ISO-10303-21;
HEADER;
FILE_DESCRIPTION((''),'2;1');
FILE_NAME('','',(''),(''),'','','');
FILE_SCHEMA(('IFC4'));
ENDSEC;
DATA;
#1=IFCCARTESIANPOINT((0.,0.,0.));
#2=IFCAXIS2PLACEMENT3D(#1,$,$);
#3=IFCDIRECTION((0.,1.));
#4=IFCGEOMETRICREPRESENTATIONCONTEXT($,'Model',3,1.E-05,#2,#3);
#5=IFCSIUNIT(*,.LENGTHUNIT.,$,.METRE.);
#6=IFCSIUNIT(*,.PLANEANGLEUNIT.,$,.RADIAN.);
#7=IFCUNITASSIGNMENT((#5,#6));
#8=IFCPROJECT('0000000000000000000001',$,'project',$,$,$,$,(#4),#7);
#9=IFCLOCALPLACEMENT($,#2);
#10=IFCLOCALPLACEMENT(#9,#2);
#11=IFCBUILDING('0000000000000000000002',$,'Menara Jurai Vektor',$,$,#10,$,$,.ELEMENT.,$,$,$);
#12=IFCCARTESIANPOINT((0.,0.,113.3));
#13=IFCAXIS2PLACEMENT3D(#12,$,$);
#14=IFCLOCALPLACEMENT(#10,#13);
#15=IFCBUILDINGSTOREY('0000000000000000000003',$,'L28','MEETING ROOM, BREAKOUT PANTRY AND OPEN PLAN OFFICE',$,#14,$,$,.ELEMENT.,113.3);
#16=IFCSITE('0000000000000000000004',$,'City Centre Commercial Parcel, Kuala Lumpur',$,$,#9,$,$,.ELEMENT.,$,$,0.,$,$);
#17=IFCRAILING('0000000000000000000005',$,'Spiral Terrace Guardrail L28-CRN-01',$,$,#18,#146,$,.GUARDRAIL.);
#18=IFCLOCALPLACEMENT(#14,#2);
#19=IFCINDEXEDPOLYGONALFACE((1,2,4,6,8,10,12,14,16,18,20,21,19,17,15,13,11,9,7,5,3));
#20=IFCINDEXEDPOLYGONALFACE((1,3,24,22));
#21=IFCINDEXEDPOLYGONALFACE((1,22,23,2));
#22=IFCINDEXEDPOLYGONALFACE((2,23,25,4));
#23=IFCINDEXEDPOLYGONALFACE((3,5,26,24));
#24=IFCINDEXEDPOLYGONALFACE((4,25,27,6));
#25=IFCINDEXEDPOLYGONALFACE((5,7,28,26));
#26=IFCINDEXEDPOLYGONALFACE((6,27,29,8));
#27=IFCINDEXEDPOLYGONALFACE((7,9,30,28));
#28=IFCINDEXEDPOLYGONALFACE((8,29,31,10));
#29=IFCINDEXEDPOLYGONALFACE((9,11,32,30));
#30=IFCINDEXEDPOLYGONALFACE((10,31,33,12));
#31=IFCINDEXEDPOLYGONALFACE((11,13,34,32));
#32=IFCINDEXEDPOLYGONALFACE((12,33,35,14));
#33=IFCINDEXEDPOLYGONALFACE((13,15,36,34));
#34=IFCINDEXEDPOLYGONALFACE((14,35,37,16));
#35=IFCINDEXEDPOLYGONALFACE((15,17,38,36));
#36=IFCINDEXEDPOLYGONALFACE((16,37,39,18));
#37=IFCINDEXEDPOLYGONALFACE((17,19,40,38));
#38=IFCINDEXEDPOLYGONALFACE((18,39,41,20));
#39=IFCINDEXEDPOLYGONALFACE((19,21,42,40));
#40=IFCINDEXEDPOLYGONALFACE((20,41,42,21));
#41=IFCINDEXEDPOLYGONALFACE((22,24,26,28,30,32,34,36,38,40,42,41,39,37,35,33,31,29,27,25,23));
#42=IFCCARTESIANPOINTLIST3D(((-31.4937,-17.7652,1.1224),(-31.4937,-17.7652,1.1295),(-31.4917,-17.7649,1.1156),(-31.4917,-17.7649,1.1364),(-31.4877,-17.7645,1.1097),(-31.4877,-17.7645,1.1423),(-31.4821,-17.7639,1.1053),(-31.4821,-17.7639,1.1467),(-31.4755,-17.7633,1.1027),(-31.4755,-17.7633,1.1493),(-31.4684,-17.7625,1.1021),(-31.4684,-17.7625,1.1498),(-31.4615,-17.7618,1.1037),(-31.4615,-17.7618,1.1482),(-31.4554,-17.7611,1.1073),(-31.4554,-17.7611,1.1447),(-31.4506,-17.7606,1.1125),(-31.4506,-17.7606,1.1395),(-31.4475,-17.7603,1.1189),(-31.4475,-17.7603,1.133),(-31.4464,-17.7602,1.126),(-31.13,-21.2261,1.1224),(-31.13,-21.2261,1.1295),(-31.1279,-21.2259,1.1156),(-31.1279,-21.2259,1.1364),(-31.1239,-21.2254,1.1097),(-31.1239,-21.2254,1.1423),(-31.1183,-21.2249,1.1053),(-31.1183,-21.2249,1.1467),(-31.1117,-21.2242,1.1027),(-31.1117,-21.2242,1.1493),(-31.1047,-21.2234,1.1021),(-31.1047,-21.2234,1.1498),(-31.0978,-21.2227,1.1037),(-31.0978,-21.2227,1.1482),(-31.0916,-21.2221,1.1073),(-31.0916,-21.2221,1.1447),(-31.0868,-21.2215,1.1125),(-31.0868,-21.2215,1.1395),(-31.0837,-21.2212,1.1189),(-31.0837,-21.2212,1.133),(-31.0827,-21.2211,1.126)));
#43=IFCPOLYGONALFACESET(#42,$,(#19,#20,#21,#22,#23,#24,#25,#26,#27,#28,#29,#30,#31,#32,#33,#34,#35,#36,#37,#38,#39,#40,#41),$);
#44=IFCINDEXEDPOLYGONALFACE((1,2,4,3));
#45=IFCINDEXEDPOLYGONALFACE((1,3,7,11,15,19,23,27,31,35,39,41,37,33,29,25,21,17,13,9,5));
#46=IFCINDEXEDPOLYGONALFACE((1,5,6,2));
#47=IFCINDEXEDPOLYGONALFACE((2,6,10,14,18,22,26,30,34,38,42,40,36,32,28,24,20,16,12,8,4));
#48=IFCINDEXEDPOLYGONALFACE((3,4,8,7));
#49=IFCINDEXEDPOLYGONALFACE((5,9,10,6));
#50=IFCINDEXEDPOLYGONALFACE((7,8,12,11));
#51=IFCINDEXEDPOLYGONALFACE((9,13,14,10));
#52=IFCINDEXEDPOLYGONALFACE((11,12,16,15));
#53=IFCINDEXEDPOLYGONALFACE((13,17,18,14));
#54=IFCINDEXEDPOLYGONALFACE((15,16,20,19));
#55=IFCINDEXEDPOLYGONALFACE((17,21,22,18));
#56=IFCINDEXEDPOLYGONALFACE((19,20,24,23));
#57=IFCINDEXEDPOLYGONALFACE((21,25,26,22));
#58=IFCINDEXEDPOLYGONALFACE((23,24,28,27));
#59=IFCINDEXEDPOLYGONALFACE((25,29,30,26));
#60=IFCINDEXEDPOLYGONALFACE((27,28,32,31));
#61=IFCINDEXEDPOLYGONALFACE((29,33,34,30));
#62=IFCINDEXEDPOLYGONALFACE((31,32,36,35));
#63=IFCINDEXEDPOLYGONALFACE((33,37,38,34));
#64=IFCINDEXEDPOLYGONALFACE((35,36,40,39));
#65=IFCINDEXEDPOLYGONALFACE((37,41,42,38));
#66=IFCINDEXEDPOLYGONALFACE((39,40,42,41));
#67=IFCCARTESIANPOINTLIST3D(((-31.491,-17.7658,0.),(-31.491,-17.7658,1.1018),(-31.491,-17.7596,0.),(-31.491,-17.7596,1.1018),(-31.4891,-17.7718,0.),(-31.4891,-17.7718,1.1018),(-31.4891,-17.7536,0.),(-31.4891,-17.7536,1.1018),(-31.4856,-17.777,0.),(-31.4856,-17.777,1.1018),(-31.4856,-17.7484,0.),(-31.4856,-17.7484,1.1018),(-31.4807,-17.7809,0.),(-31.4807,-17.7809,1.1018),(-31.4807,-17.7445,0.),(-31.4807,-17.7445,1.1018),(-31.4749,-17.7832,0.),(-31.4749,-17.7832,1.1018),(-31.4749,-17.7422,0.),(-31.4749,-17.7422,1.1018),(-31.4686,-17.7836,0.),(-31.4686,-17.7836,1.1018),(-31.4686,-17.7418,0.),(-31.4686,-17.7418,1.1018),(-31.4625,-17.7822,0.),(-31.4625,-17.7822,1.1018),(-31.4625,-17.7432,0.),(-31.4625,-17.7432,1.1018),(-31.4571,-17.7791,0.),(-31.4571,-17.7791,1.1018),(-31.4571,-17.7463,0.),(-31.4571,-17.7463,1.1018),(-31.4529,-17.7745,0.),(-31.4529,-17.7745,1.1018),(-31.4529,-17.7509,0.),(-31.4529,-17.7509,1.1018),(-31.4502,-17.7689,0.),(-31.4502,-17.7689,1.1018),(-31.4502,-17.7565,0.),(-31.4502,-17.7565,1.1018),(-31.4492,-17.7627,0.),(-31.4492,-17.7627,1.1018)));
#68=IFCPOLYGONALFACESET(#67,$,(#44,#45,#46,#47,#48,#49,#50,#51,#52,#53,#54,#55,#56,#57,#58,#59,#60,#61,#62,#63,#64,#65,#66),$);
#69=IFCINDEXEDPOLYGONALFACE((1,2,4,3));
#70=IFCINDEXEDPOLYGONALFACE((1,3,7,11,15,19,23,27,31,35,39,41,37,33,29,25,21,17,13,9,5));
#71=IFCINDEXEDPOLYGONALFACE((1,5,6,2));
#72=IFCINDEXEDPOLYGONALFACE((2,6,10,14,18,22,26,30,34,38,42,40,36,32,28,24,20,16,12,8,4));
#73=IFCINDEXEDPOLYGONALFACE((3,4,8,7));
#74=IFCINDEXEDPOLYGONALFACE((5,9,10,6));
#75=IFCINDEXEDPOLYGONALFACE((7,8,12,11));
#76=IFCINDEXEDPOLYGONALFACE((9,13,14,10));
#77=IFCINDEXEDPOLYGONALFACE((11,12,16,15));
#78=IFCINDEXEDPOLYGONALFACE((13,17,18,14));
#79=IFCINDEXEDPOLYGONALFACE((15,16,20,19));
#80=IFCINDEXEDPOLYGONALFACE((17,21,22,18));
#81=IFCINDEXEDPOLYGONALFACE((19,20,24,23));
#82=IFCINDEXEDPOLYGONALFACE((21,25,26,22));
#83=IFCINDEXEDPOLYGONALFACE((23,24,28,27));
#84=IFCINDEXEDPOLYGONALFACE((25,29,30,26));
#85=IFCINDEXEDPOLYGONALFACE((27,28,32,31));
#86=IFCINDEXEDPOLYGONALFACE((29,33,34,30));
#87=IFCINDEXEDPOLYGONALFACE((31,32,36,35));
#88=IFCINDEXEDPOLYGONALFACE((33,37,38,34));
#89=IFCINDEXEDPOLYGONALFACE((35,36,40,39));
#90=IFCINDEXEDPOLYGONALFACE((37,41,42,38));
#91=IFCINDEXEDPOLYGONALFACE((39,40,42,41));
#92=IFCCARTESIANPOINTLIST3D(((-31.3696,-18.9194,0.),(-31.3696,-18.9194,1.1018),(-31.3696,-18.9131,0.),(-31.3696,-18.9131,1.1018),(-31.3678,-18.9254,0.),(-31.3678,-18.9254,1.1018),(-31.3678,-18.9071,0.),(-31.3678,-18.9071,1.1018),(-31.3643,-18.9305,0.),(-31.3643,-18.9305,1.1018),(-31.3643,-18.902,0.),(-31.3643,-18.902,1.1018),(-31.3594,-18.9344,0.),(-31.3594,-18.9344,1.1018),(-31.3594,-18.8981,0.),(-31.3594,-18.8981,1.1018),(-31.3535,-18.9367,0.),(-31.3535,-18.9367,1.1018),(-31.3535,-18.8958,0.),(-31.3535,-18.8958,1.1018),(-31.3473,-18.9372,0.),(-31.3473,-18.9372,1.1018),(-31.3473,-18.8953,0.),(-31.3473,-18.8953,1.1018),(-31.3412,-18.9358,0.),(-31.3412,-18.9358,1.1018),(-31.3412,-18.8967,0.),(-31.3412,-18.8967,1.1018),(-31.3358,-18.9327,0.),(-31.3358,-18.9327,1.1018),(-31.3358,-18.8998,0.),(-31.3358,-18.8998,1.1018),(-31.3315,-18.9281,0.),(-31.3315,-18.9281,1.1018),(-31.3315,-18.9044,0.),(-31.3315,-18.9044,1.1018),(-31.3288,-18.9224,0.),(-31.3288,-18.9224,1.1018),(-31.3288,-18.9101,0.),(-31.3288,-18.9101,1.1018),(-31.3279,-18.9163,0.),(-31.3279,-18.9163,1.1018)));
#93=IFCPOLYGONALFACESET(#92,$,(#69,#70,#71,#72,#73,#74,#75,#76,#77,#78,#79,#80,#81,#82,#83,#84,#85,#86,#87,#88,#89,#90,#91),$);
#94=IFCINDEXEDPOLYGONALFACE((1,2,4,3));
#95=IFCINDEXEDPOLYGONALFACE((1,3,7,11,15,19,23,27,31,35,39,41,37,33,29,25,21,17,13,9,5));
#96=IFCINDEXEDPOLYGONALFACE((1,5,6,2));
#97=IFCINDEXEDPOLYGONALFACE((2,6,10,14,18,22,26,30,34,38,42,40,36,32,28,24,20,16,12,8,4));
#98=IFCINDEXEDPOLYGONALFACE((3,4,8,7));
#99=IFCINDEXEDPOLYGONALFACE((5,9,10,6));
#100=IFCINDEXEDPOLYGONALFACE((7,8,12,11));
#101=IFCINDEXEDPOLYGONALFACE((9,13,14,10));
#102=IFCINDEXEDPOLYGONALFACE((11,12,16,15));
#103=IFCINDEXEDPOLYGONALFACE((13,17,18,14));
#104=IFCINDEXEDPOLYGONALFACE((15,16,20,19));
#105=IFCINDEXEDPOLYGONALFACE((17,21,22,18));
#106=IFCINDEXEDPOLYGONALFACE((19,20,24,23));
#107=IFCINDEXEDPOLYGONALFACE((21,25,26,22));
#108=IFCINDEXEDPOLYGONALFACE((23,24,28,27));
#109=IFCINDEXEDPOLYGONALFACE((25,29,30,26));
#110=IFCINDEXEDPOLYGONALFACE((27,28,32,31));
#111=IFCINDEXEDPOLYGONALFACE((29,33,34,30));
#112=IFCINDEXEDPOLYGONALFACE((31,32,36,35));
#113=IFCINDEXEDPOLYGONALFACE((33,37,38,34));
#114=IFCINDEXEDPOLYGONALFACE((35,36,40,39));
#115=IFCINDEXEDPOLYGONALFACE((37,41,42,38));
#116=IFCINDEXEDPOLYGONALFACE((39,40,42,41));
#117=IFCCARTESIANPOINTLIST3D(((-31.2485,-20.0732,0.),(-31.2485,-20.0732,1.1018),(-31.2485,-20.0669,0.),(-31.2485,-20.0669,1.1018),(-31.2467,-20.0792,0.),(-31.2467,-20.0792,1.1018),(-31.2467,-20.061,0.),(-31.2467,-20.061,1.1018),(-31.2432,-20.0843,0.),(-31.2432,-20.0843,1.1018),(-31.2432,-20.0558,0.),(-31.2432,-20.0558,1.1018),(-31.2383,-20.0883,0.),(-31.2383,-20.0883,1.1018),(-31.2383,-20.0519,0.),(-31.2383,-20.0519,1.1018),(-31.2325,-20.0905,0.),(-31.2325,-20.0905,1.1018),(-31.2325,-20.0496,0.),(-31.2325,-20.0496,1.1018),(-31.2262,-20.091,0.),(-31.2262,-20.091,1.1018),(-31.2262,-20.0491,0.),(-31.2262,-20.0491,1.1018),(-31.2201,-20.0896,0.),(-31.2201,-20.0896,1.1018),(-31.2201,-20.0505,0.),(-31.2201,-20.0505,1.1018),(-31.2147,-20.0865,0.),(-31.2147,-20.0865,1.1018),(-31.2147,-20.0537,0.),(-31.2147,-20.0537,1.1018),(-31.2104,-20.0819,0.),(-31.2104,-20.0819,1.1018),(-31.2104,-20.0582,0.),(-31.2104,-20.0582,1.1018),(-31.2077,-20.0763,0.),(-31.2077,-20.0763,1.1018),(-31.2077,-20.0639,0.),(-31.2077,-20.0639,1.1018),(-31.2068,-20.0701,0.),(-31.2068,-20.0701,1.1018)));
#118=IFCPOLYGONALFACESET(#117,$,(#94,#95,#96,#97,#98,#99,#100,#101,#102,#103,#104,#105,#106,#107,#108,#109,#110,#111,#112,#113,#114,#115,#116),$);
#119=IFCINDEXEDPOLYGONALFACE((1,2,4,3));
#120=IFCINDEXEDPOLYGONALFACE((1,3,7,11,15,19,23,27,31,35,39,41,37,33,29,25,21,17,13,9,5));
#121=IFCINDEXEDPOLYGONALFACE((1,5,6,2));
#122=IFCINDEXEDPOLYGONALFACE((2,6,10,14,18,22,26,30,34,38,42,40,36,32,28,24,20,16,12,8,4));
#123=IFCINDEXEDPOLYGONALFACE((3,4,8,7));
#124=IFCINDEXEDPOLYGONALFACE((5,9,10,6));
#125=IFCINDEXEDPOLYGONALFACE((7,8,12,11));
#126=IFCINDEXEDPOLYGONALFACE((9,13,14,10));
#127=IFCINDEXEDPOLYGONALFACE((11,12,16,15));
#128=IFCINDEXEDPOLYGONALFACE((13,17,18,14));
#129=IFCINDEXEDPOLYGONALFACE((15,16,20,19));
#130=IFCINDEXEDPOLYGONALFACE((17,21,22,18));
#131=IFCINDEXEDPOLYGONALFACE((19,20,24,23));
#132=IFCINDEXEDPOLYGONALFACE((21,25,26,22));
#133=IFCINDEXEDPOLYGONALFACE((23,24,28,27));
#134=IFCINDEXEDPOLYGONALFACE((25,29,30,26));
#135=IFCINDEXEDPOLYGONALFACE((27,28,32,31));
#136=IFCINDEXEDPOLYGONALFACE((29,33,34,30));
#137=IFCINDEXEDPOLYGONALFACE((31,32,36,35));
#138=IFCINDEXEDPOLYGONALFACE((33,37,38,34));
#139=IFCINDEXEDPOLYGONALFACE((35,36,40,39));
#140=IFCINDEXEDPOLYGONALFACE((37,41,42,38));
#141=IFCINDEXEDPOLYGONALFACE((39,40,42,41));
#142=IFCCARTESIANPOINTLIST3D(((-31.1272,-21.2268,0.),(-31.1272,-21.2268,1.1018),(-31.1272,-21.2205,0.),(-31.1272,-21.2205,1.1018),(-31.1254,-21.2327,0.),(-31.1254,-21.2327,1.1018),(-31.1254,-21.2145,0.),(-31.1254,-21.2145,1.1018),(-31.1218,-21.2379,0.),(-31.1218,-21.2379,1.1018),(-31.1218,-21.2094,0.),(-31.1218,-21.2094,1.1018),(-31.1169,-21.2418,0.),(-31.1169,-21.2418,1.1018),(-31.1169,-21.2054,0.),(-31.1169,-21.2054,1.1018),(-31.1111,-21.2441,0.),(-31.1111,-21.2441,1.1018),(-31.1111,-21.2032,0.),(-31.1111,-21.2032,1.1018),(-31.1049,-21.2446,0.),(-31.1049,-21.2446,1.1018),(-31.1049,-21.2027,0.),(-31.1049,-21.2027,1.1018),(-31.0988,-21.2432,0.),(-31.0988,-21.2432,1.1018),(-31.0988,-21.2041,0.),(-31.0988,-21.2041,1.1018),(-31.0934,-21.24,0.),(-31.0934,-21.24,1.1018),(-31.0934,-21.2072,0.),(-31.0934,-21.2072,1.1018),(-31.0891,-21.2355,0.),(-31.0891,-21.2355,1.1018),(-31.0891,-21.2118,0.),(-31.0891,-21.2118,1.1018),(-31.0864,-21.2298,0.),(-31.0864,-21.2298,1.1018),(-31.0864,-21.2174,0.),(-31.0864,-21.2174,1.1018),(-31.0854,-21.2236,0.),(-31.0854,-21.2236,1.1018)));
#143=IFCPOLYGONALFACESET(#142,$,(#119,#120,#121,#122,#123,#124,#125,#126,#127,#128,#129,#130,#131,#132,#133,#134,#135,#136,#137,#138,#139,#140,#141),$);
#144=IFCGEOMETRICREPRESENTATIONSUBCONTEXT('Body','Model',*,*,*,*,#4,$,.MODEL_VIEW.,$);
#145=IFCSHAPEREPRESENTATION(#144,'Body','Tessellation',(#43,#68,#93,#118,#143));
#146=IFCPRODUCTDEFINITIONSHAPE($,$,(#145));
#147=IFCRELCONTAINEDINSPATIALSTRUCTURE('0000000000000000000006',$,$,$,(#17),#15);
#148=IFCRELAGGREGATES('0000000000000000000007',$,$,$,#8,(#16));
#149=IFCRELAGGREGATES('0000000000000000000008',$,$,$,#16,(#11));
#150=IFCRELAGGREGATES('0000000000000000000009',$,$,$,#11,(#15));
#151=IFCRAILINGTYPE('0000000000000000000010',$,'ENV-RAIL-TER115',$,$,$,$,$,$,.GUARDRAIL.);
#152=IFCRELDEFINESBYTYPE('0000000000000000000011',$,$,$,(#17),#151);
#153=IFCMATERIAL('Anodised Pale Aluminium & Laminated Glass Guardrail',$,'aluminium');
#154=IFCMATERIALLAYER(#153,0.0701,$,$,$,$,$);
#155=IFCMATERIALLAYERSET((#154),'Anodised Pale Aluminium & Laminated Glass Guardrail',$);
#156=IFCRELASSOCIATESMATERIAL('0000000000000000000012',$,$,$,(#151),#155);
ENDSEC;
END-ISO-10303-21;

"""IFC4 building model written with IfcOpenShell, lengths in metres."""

from ifc_helpers import new_model, si_unit, direction, frame, origin, origin_2d, place, context, subcontext, project, spatial, circle, extrude, material, layer, layer_set, type_object, element, save


model = new_model("IFC4")

# Units and contexts
model_context = context("Model", 3, precision=1e-05, world=origin(), true_north=direction((0.0, 1.0)))
body_context = subcontext(model_context, "Body", "Model", "MODEL_VIEW")
ifc_project = project(units=[si_unit("LENGTHUNIT", "METRE"), si_unit("PLANEANGLEUNIT", "RADIAN")], contexts=[model_context])

# Site, building, storey
site_placement = place(None, origin())
site = spatial("IfcSite", under=ifc_project, at=site_placement, Name="City Centre Commercial Parcel, Kuala Lumpur", CompositionType="ELEMENT", RefElevation=0.0)
building_placement = place(site_placement, origin())
building = spatial("IfcBuilding", under=site, at=building_placement, Name="Menara Jurai Vektor", CompositionType="ELEMENT")
storey_placement = place(building_placement, frame((0.0, 0.0, 113.3)))
storey = spatial("IfcBuildingStorey", under=building, at=storey_placement, Name="L28", Description="MEETING ROOM, BREAKOUT PANTRY AND OPEN PLAN OFFICE", CompositionType="ELEMENT", Elevation=113.3)

# Railing
ifc_material_1 = material(Name="Anodised Pale Aluminium & Laminated Glass Guardrail", Category="aluminium")
ifc_layer_1 = layer(ifc_material_1, 0.0701)
ifc_layer_set_1 = layer_set([ifc_layer_1], Name="Anodised Pale Aluminium & Laminated Glass Guardrail")
railing_type = type_object("IfcRailingType", Name="ENV-RAIL-TER115", PredefinedType="GUARDRAIL", material=ifc_layer_set_1)
railing_1_placement = place(storey_placement, frame((-31.4702, -17.7627, 0.0)))
element("IfcRailing", 1, at=railing_1_placement, inside=storey, type_object=railing_type, Name="Spiral Terrace Guardrail L28-CRN-01", PredefinedType="GUARDRAIL", context=body_context, shape_type="SweptSolid", body=[
    extrude(circle(Radius=0.0239, at=origin_2d()), frame((0.0, 0.0, 1.126), z_axis=(0.104531, -0.994522, 0.0), x_axis=(0.994522, 0.104531, 0.0)), (0.0, 0.0, 1.0), 3.48),
    extrude(circle(Radius=0.021, at=origin_2d()), origin(), (0.0, 0.0, 1.0), 1.1018),
    extrude(circle(Radius=0.021, at=origin_2d()), frame((0.1213, -1.1536, 0.0)), (0.0, 0.0, 1.0), 1.1018),
    extrude(circle(Radius=0.021, at=origin_2d()), frame((0.2424, -2.3074, 0.0)), (0.0, 0.0, 1.0), 1.1018),
    extrude(circle(Radius=0.021, at=origin_2d()), frame((0.3638, -3.4609, 0.0)), (0.0, 0.0, 1.0), 1.1018),
])

save(model, "model.ifc")
